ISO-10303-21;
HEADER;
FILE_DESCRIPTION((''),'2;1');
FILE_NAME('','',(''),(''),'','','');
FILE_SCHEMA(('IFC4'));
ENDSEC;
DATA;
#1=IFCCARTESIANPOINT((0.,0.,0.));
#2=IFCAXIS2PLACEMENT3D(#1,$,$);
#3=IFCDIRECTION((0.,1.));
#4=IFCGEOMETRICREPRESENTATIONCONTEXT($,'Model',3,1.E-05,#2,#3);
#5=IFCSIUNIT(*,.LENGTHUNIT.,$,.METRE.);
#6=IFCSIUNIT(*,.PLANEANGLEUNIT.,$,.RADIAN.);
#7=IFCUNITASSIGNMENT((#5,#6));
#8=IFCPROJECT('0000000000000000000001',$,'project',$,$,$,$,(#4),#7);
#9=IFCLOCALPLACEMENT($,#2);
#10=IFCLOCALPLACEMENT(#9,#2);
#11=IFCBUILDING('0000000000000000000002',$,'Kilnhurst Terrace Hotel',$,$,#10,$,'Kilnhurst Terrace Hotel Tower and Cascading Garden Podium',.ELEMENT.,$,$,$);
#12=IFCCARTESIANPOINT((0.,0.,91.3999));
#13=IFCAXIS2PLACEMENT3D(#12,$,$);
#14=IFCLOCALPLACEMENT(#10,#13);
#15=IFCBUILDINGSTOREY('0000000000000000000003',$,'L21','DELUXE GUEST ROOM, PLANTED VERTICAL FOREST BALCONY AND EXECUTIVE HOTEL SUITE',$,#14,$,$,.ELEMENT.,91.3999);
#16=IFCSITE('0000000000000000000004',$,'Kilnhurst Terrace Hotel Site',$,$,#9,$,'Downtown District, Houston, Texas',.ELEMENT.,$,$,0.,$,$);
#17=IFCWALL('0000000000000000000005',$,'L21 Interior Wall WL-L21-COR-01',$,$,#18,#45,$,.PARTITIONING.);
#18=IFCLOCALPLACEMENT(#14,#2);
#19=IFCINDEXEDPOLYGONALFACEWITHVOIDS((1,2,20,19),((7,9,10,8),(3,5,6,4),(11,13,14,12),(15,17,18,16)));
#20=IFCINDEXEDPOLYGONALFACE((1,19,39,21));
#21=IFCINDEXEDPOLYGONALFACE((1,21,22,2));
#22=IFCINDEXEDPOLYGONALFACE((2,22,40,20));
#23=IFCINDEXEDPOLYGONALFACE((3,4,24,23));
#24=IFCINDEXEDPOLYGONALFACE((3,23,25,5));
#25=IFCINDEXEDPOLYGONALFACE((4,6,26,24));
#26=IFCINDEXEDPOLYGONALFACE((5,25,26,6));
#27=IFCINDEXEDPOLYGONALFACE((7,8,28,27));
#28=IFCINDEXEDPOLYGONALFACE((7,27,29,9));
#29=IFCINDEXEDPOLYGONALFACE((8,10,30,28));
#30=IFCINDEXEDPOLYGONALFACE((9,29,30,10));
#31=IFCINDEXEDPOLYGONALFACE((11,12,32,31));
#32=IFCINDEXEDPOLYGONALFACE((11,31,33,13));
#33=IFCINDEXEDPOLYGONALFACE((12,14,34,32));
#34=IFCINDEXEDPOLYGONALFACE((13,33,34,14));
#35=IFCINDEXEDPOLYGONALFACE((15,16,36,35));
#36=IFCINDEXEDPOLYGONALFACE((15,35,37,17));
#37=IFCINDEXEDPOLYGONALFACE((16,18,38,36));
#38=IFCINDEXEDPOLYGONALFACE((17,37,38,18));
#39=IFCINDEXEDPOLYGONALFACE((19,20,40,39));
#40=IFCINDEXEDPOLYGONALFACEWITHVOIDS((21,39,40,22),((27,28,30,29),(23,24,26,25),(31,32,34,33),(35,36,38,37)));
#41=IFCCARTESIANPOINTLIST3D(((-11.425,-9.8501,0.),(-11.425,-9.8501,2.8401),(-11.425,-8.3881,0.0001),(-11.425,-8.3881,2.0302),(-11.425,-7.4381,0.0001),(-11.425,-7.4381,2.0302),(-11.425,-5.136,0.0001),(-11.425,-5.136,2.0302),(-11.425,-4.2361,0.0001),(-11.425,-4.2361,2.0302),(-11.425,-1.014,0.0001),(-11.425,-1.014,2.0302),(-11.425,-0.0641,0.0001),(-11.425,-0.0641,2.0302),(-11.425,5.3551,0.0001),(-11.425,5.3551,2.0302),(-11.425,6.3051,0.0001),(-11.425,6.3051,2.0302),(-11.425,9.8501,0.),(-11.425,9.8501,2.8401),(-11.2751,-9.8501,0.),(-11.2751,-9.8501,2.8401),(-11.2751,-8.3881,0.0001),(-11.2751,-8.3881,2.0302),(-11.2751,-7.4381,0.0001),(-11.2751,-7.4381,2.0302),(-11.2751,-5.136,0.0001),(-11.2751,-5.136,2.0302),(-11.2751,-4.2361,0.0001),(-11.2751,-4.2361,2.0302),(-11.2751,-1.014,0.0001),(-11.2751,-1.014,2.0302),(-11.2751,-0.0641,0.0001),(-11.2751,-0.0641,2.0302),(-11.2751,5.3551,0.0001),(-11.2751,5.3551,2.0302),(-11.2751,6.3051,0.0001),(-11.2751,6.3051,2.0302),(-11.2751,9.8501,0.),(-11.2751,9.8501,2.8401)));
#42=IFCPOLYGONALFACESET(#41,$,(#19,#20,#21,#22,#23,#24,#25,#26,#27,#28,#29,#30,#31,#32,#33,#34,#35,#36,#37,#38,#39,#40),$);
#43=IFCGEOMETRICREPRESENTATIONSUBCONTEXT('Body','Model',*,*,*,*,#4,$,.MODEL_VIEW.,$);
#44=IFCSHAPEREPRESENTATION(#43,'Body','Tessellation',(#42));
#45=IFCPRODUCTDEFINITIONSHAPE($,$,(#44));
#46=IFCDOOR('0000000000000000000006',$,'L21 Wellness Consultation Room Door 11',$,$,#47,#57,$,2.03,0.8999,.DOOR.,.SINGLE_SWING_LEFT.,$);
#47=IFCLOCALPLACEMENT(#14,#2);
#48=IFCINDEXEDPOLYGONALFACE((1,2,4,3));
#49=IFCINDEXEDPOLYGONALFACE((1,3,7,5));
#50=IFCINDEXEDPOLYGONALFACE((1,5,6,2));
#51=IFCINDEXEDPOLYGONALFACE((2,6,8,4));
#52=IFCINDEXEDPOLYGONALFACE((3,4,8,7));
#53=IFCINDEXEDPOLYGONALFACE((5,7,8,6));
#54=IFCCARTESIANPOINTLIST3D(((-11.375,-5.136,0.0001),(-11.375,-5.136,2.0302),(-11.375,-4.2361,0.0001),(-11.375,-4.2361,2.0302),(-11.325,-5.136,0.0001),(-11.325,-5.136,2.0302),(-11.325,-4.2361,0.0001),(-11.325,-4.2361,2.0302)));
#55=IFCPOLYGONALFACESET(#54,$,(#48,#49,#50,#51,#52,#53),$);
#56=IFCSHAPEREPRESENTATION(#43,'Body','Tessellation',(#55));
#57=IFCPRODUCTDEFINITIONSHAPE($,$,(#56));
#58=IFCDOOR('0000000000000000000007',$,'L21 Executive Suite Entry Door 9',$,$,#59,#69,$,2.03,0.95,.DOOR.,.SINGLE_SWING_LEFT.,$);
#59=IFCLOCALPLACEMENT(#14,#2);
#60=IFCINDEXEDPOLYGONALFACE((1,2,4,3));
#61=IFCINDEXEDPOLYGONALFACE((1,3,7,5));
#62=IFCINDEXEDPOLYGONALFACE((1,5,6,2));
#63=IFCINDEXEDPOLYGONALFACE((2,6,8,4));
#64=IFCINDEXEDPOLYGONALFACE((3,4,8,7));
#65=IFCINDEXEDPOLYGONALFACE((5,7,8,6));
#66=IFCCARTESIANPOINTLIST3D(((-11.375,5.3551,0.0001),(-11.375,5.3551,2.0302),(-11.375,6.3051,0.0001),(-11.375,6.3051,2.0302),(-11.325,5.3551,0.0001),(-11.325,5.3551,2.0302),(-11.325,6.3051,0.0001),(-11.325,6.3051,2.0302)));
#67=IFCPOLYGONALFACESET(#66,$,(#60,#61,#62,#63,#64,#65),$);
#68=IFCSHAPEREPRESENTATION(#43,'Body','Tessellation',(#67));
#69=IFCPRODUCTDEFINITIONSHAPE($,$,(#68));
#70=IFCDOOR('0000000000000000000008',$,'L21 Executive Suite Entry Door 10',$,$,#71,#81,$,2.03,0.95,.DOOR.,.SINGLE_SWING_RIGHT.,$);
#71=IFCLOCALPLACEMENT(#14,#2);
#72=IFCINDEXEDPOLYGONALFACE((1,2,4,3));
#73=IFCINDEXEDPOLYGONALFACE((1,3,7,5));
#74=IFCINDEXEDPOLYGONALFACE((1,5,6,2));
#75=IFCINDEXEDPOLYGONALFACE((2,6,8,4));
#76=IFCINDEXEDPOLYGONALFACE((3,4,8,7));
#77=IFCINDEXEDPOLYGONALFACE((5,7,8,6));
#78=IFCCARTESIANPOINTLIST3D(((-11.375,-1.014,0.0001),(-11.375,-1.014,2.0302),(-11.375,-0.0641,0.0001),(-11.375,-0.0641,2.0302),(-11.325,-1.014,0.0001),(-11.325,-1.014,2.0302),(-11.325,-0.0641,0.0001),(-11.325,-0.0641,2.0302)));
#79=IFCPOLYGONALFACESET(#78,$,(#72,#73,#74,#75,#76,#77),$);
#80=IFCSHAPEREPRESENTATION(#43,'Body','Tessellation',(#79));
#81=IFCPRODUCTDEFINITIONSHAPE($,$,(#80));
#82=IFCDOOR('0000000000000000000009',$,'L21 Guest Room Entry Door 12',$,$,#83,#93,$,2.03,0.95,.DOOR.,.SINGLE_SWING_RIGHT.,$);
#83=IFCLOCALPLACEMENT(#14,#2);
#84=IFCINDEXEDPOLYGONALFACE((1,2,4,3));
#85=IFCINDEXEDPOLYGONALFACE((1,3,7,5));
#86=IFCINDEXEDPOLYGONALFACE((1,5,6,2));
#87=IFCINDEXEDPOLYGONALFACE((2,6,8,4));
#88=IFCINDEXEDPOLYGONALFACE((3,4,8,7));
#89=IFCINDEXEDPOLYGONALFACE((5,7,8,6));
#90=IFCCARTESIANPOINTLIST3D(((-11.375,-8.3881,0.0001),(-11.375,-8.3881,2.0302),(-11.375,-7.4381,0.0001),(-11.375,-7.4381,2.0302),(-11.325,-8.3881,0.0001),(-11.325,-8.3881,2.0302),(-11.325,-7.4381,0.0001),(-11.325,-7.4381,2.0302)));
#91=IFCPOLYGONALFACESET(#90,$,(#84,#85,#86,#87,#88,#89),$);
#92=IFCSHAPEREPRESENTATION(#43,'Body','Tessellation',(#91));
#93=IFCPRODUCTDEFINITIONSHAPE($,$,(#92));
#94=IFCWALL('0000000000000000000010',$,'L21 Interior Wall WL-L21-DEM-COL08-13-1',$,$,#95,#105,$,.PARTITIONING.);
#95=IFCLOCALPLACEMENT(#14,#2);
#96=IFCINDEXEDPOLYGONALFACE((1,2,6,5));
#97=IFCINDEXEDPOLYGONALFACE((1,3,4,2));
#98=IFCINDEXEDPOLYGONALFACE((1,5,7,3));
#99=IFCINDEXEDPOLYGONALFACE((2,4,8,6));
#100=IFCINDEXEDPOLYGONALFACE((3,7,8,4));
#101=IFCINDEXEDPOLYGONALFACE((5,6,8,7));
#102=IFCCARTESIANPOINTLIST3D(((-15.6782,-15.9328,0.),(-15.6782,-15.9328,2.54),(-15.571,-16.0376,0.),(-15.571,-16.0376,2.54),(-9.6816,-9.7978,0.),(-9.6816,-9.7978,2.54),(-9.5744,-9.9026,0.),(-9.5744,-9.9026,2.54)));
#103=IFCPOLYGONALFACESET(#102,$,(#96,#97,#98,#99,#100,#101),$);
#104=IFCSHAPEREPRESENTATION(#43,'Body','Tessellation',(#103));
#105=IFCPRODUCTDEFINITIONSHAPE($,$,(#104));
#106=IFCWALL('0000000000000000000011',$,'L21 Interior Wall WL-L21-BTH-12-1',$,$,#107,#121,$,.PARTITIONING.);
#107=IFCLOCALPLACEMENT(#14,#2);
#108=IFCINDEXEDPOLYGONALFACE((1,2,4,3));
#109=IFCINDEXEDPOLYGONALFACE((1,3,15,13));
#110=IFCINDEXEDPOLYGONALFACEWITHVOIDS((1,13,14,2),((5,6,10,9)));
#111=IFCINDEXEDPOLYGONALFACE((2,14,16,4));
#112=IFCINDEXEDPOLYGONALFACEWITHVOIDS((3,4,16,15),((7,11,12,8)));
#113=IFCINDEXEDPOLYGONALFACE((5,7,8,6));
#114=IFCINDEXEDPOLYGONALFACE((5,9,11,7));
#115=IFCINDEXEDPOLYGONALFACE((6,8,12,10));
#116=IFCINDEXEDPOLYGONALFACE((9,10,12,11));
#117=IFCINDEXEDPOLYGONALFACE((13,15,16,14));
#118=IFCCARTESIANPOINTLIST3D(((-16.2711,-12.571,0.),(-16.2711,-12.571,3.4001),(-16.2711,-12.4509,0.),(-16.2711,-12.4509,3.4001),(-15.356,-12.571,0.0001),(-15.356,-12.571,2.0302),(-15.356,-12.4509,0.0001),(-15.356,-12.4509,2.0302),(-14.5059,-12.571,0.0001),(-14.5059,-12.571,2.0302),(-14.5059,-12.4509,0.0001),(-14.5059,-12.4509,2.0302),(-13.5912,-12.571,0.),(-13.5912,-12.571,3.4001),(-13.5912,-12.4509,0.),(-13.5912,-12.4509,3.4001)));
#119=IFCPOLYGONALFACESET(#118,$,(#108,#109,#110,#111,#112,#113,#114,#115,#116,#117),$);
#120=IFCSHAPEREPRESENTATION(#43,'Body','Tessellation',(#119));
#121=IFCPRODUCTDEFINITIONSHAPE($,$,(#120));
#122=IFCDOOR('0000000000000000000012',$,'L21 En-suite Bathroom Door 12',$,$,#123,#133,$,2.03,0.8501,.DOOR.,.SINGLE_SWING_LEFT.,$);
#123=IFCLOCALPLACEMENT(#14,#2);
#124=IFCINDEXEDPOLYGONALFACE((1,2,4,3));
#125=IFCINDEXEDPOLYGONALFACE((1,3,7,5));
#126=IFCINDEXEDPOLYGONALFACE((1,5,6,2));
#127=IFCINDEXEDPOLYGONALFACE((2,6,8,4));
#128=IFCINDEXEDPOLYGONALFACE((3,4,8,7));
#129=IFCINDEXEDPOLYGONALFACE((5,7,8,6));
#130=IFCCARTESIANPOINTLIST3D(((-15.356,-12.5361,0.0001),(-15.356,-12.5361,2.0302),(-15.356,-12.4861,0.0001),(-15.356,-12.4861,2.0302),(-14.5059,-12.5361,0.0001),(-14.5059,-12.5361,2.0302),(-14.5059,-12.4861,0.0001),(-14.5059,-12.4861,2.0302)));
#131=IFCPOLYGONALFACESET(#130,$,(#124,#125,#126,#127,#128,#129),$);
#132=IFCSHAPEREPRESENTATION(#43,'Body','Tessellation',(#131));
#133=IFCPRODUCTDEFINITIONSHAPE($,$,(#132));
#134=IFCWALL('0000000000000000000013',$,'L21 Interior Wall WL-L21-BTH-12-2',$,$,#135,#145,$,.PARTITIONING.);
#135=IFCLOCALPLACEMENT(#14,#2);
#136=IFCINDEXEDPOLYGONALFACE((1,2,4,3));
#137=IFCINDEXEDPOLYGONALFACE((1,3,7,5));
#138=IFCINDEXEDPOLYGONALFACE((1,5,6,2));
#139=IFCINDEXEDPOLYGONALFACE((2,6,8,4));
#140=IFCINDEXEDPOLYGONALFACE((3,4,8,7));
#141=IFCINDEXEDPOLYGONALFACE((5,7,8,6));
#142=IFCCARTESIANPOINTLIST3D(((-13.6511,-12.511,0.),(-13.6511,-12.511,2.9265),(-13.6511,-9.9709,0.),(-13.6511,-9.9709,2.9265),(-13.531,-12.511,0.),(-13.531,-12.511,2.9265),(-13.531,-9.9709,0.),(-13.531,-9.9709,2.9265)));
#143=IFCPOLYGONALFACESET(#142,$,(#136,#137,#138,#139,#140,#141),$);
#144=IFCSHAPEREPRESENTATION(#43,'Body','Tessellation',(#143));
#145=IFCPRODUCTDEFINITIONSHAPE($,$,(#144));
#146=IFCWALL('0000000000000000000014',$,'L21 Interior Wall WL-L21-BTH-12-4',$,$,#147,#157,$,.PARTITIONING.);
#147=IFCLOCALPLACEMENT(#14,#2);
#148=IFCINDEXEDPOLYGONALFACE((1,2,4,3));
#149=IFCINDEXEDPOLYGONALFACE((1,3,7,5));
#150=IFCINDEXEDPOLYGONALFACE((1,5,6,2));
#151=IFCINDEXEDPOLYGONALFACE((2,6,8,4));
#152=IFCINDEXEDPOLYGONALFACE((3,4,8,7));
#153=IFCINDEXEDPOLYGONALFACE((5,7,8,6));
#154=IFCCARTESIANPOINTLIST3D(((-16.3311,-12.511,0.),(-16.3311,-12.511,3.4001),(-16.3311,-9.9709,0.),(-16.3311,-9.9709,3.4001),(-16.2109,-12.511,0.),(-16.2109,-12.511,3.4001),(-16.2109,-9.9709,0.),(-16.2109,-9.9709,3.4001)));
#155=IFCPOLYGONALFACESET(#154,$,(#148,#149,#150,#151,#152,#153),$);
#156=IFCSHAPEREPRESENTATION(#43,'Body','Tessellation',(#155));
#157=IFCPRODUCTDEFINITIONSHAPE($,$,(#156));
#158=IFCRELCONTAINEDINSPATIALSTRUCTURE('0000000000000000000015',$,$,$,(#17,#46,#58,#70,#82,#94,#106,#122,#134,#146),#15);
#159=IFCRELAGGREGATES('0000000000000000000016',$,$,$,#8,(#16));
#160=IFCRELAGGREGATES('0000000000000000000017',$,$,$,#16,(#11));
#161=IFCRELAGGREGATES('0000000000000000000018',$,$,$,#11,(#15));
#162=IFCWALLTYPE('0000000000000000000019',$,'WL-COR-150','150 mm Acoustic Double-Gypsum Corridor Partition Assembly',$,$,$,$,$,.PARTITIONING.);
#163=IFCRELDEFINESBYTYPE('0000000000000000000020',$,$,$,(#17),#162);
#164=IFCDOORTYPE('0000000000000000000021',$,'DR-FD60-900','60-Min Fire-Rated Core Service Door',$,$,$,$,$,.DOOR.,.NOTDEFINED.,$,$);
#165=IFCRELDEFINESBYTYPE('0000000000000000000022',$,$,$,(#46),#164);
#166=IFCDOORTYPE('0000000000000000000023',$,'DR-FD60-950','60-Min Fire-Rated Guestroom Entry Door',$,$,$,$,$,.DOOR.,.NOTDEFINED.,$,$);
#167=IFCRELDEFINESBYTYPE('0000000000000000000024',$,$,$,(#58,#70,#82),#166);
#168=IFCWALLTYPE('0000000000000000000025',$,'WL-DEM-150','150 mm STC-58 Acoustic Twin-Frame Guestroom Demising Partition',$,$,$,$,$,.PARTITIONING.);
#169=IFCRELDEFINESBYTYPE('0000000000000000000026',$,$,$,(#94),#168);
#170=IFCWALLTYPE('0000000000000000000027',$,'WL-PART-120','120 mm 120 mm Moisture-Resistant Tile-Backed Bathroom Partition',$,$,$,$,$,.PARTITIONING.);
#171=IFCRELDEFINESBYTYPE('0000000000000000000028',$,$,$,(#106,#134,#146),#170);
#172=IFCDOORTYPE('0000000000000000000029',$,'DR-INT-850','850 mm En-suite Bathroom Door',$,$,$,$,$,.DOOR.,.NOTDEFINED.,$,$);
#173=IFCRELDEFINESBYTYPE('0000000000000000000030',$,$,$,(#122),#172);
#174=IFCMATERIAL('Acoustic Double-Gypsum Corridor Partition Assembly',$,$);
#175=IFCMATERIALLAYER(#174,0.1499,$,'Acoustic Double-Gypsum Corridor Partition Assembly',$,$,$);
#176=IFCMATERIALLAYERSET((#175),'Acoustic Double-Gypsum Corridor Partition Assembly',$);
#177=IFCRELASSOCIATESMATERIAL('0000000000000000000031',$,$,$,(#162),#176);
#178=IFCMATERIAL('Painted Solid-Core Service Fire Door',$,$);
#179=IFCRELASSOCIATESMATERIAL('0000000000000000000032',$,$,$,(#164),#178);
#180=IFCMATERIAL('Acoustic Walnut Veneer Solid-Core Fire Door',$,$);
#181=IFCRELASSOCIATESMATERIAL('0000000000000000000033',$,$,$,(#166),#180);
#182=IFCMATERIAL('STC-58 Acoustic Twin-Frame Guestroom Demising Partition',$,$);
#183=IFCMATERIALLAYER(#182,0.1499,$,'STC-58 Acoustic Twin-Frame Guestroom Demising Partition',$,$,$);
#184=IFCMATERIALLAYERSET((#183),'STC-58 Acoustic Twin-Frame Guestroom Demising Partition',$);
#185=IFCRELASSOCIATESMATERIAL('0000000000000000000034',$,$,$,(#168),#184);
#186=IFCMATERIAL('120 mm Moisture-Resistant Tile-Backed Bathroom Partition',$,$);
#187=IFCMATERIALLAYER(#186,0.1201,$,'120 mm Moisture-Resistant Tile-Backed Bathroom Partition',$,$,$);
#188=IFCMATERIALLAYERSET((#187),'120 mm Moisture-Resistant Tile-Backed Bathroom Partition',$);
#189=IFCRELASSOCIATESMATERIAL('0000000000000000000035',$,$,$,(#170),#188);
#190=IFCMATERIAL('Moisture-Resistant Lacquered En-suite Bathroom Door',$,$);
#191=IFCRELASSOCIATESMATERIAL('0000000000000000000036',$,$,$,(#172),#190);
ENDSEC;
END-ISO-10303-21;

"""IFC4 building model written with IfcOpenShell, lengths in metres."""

from ifc_helpers import new_model, si_unit, direction, frame, frame_2d, origin, place, context, subcontext, project, spatial, rectangle, extrude, material, layer, layer_set, type_object, element, fill, save


model = new_model("IFC4")

# Units and contexts
model_context = context("Model", 3, precision=1e-05, world=origin(), true_north=direction((0.0, 1.0)))
body_context = subcontext(model_context, "Body", "Model", "MODEL_VIEW")
ifc_project = project(units=[si_unit("LENGTHUNIT", "METRE"), si_unit("PLANEANGLEUNIT", "RADIAN")], contexts=[model_context])

# Site, building, storey
site_placement = place(None, origin())
site = spatial("IfcSite", under=ifc_project, at=site_placement, Name="Kilnhurst Terrace Hotel Site", LongName="Downtown District, Houston, Texas", CompositionType="ELEMENT", RefElevation=0.0)
building_placement = place(site_placement, origin())
building = spatial("IfcBuilding", under=site, at=building_placement, Name="Kilnhurst Terrace Hotel", LongName="Kilnhurst Terrace Hotel Tower and Cascading Garden Podium", CompositionType="ELEMENT")
storey_placement = place(building_placement, frame((0.0, 0.0, 91.3999)))
storey = spatial("IfcBuildingStorey", under=building, at=storey_placement, Name="L21", Description="DELUXE GUEST ROOM, PLANTED VERTICAL FOREST BALCONY AND EXECUTIVE HOTEL SUITE", CompositionType="ELEMENT", Elevation=91.3999)

# Wall, openings, doors
ifc_material_1 = material(Name="Acoustic Double-Gypsum Corridor Partition Assembly")
ifc_layer_1 = layer(ifc_material_1, 0.1499, Name="Acoustic Double-Gypsum Corridor Partition Assembly")
ifc_layer_set_1 = layer_set([ifc_layer_1], Name="Acoustic Double-Gypsum Corridor Partition Assembly")
wall_type_1 = type_object("IfcWallType", Name="WL-COR-150", Description="150 mm Acoustic Double-Gypsum Corridor Partition Assembly", PredefinedType="PARTITIONING", material=ifc_layer_set_1)
wall_1_placement = place(storey_placement, frame((-11.3501, -9.8501, 0.0), z_axis=(0.0, 0.0, 1.0), x_axis=(0.0, 1.0, 0.0)))
wall_1 = element("IfcWall", 1, at=wall_1_placement, inside=storey, type_object=wall_type_1, Name="L21 Interior Wall WL-L21-COR-01", PredefinedType="PARTITIONING", context=body_context, shape_type="SweptSolid", body=[
    extrude(rectangle(XDim=19.7002, YDim=0.1499, at=frame_2d((9.8501, 0.0))), origin(), (0.0, 0.0, 1.0), 2.8401),
])
opening_1_placement = place(wall_1_placement, frame((15.2051, 0.0, 0.0)))
opening_1 = element("IfcOpeningElement", 2, at=opening_1_placement, cuts=wall_1, PredefinedType="OPENING", context=body_context, shape_type="SweptSolid", body=[
    extrude(rectangle(XDim=0.95, YDim=2.03, at=frame_2d((0.4751, 1.0151))), frame((0.0, 0.085, 0.0), z_axis=(0.0, -1.0, 0.0), x_axis=(1.0, 0.0, 0.0)), (0.0, 0.0, 1.0), 0.1699),
])
opening_2_placement = place(wall_1_placement, frame((8.8359, 0.0, 0.0)))
opening_2 = element("IfcOpeningElement", 3, at=opening_2_placement, cuts=wall_1, PredefinedType="OPENING", context=body_context, shape_type="SweptSolid", body=[
    extrude(rectangle(XDim=0.95, YDim=2.03, at=frame_2d((0.4751, 1.0151))), frame((0.0, 0.085, 0.0), z_axis=(0.0, -1.0, 0.0), x_axis=(1.0, 0.0, 0.0)), (0.0, 0.0, 1.0), 0.1699),
])
opening_3_placement = place(wall_1_placement, frame((4.7141, 0.0, 0.0)))
opening_3 = element("IfcOpeningElement", 4, at=opening_3_placement, cuts=wall_1, PredefinedType="OPENING", context=body_context, shape_type="SweptSolid", body=[
    extrude(rectangle(XDim=0.8999, YDim=2.03, at=frame_2d((0.45, 1.0151))), frame((0.0, 0.085, 0.0), z_axis=(0.0, -1.0, 0.0), x_axis=(1.0, 0.0, 0.0)), (0.0, 0.0, 1.0), 0.1699),
])
opening_4_placement = place(wall_1_placement, frame((1.4619, 0.0, 0.0)))
opening_4 = element("IfcOpeningElement", 5, at=opening_4_placement, cuts=wall_1, PredefinedType="OPENING", context=body_context, shape_type="SweptSolid", body=[
    extrude(rectangle(XDim=0.95, YDim=2.03, at=frame_2d((0.4751, 1.0151))), frame((0.0, 0.085, 0.0), z_axis=(0.0, -1.0, 0.0), x_axis=(1.0, 0.0, 0.0)), (0.0, 0.0, 1.0), 0.1699),
])
ifc_material_2 = material(Name="Painted Solid-Core Service Fire Door")
door_type_1 = type_object("IfcDoorType", Name="DR-FD60-900", Description="60-Min Fire-Rated Core Service Door", OperationType="NOTDEFINED", PredefinedType="DOOR", material=ifc_material_2)
door_1_placement = place(opening_3_placement, origin())
door_1 = element("IfcDoor", 6, at=door_1_placement, inside=storey, type_object=door_type_1, Name="L21 Wellness Consultation Room Door 11", OperationType="SINGLE_SWING_LEFT", OverallHeight=2.03, OverallWidth=0.8999, PredefinedType="DOOR", context=body_context, shape_type="SweptSolid", body=[
    extrude(rectangle(XDim=0.8999, YDim=2.03, at=frame_2d((0.45, 1.0151))), frame((0.0, 0.0249, 0.0), z_axis=(0.0, -1.0, 0.0), x_axis=(1.0, 0.0, 0.0)), (0.0, 0.0, 1.0), 0.05),
])
fill(opening_3, door_1)
ifc_material_3 = material(Name="Acoustic Walnut Veneer Solid-Core Fire Door")
door_type_2 = type_object("IfcDoorType", Name="DR-FD60-950", Description="60-Min Fire-Rated Guestroom Entry Door", OperationType="NOTDEFINED", PredefinedType="DOOR", material=ifc_material_3)
door_2_placement = place(opening_1_placement, origin())
door_2 = element("IfcDoor", 7, at=door_2_placement, inside=storey, type_object=door_type_2, Name="L21 Executive Suite Entry Door 9", OperationType="SINGLE_SWING_LEFT", OverallHeight=2.03, OverallWidth=0.95, PredefinedType="DOOR", context=body_context, shape_type="SweptSolid", body=[
    extrude(rectangle(XDim=0.95, YDim=2.03, at=frame_2d((0.4751, 1.0151))), frame((0.0, 0.0249, 0.0), z_axis=(0.0, -1.0, 0.0), x_axis=(1.0, 0.0, 0.0)), (0.0, 0.0, 1.0), 0.05),
])
fill(opening_1, door_2)
door_3_placement = place(opening_2_placement, origin())
door_3 = element("IfcDoor", 8, at=door_3_placement, inside=storey, type_object=door_type_2, Name="L21 Executive Suite Entry Door 10", OperationType="SINGLE_SWING_RIGHT", OverallHeight=2.03, OverallWidth=0.95, PredefinedType="DOOR", context=body_context, shape_type="SweptSolid", body=[
    extrude(rectangle(XDim=0.95, YDim=2.03, at=frame_2d((0.4751, 1.0151))), frame((0.0, 0.0249, 0.0), z_axis=(0.0, -1.0, 0.0), x_axis=(1.0, 0.0, 0.0)), (0.0, 0.0, 1.0), 0.05),
])
fill(opening_2, door_3)
door_4_placement = place(opening_4_placement, origin())
door_4 = element("IfcDoor", 9, at=door_4_placement, inside=storey, type_object=door_type_2, Name="L21 Guest Room Entry Door 12", OperationType="SINGLE_SWING_RIGHT", OverallHeight=2.03, OverallWidth=0.95, PredefinedType="DOOR", context=body_context, shape_type="SweptSolid", body=[
    extrude(rectangle(XDim=0.95, YDim=2.03, at=frame_2d((0.4751, 1.0151))), frame((0.0, 0.0249, 0.0), z_axis=(0.0, -1.0, 0.0), x_axis=(1.0, 0.0, 0.0)), (0.0, 0.0, 1.0), 0.05),
])
fill(opening_4, door_4)

# Wall
ifc_material_4 = material(Name="STC-58 Acoustic Twin-Frame Guestroom Demising Partition")
ifc_layer_2 = layer(ifc_material_4, 0.1499, Name="STC-58 Acoustic Twin-Frame Guestroom Demising Partition")
ifc_layer_set_2 = layer_set([ifc_layer_2], Name="STC-58 Acoustic Twin-Frame Guestroom Demising Partition")
wall_type_2 = type_object("IfcWallType", Name="WL-DEM-150", Description="150 mm STC-58 Acoustic Twin-Frame Guestroom Demising Partition", PredefinedType="PARTITIONING", material=ifc_layer_set_2)
wall_2_placement = place(storey_placement, frame((-9.6279, -9.8501, 0.0), z_axis=(0.0, 0.0, 1.0), x_axis=(-0.698993, -0.715129, 0.0)))
element("IfcWall", 10, at=wall_2_placement, inside=storey, type_object=wall_type_2, Name="L21 Interior Wall WL-L21-DEM-COL08-13-1", PredefinedType="PARTITIONING", context=body_context, shape_type="SweptSolid", body=[
    extrude(rectangle(XDim=8.5789, YDim=0.1499, at=frame_2d((4.2896, 0.0))), origin(), (0.0, 0.0, 1.0), 2.54),
])

# Wall, opening, door
ifc_material_5 = material(Name="120 mm Moisture-Resistant Tile-Backed Bathroom Partition")
ifc_layer_3 = layer(ifc_material_5, 0.1201, Name="120 mm Moisture-Resistant Tile-Backed Bathroom Partition")
ifc_layer_set_3 = layer_set([ifc_layer_3], Name="120 mm Moisture-Resistant Tile-Backed Bathroom Partition")
wall_type_3 = type_object("IfcWallType", Name="WL-PART-120", Description="120 mm 120 mm Moisture-Resistant Tile-Backed Bathroom Partition", PredefinedType="PARTITIONING", material=ifc_layer_set_3)
wall_3_placement = place(storey_placement, frame((-16.271, -12.511, 0.0), z_axis=(0.0, 0.0, 1.0), x_axis=(1.0, 0.0, 0.0)))
wall_3 = element("IfcWall", 11, at=wall_3_placement, inside=storey, type_object=wall_type_3, Name="L21 Interior Wall WL-L21-BTH-12-1", PredefinedType="PARTITIONING", context=body_context, shape_type="SweptSolid", body=[
    extrude(rectangle(XDim=2.6799, YDim=0.1201, at=frame_2d((1.3398, 0.0))), origin(), (0.0, 0.0, 1.0), 3.4001),
])
opening_5_placement = place(wall_3_placement, frame((0.915, 0.0, 0.0)))
opening_5 = element("IfcOpeningElement", 12, at=opening_5_placement, cuts=wall_3, PredefinedType="OPENING", context=body_context, shape_type="SweptSolid", body=[
    extrude(rectangle(XDim=0.8501, YDim=2.03, at=frame_2d((0.425, 1.0151))), frame((0.0, 0.0701, 0.0), z_axis=(0.0, -1.0, 0.0), x_axis=(1.0, 0.0, 0.0)), (0.0, 0.0, 1.0), 0.1401),
])
ifc_material_6 = material(Name="Moisture-Resistant Lacquered En-suite Bathroom Door")
door_type_3 = type_object("IfcDoorType", Name="DR-INT-850", Description="850 mm En-suite Bathroom Door", OperationType="NOTDEFINED", PredefinedType="DOOR", material=ifc_material_6)
door_5_placement = place(opening_5_placement, origin())
door_5 = element("IfcDoor", 13, at=door_5_placement, inside=storey, type_object=door_type_3, Name="L21 En-suite Bathroom Door 12", OperationType="SINGLE_SWING_LEFT", OverallHeight=2.03, OverallWidth=0.8501, PredefinedType="DOOR", context=body_context, shape_type="SweptSolid", body=[
    extrude(rectangle(XDim=0.8501, YDim=2.03, at=frame_2d((0.425, 1.0151))), frame((0.0, 0.0249, 0.0), z_axis=(0.0, -1.0, 0.0), x_axis=(1.0, 0.0, 0.0)), (0.0, 0.0, 1.0), 0.05),
])
fill(opening_5, door_5)

# Walls
wall_4_placement = place(storey_placement, frame((-13.5911, -12.511, 0.0), z_axis=(0.0, 0.0, 1.0), x_axis=(0.0, 1.0, 0.0)))
element("IfcWall", 14, at=wall_4_placement, inside=storey, type_object=wall_type_3, Name="L21 Interior Wall WL-L21-BTH-12-2", PredefinedType="PARTITIONING", context=body_context, shape_type="SweptSolid", body=[
    extrude(rectangle(XDim=2.54, YDim=0.1201, at=frame_2d((1.27, 0.0))), origin(), (0.0, 0.0, 1.0), 2.9265),
])
wall_5_placement = place(storey_placement, frame((-16.271, -9.9709, 0.0), z_axis=(0.0, 0.0, 1.0), x_axis=(0.0, -1.0, 0.0)))
element("IfcWall", 15, at=wall_5_placement, inside=storey, type_object=wall_type_3, Name="L21 Interior Wall WL-L21-BTH-12-4", PredefinedType="PARTITIONING", context=body_context, shape_type="SweptSolid", body=[
    extrude(rectangle(XDim=2.54, YDim=0.1201, at=frame_2d((1.27, 0.0))), origin(), (0.0, 0.0, 1.0), 3.4001),
])

save(model, "model.ifc")
